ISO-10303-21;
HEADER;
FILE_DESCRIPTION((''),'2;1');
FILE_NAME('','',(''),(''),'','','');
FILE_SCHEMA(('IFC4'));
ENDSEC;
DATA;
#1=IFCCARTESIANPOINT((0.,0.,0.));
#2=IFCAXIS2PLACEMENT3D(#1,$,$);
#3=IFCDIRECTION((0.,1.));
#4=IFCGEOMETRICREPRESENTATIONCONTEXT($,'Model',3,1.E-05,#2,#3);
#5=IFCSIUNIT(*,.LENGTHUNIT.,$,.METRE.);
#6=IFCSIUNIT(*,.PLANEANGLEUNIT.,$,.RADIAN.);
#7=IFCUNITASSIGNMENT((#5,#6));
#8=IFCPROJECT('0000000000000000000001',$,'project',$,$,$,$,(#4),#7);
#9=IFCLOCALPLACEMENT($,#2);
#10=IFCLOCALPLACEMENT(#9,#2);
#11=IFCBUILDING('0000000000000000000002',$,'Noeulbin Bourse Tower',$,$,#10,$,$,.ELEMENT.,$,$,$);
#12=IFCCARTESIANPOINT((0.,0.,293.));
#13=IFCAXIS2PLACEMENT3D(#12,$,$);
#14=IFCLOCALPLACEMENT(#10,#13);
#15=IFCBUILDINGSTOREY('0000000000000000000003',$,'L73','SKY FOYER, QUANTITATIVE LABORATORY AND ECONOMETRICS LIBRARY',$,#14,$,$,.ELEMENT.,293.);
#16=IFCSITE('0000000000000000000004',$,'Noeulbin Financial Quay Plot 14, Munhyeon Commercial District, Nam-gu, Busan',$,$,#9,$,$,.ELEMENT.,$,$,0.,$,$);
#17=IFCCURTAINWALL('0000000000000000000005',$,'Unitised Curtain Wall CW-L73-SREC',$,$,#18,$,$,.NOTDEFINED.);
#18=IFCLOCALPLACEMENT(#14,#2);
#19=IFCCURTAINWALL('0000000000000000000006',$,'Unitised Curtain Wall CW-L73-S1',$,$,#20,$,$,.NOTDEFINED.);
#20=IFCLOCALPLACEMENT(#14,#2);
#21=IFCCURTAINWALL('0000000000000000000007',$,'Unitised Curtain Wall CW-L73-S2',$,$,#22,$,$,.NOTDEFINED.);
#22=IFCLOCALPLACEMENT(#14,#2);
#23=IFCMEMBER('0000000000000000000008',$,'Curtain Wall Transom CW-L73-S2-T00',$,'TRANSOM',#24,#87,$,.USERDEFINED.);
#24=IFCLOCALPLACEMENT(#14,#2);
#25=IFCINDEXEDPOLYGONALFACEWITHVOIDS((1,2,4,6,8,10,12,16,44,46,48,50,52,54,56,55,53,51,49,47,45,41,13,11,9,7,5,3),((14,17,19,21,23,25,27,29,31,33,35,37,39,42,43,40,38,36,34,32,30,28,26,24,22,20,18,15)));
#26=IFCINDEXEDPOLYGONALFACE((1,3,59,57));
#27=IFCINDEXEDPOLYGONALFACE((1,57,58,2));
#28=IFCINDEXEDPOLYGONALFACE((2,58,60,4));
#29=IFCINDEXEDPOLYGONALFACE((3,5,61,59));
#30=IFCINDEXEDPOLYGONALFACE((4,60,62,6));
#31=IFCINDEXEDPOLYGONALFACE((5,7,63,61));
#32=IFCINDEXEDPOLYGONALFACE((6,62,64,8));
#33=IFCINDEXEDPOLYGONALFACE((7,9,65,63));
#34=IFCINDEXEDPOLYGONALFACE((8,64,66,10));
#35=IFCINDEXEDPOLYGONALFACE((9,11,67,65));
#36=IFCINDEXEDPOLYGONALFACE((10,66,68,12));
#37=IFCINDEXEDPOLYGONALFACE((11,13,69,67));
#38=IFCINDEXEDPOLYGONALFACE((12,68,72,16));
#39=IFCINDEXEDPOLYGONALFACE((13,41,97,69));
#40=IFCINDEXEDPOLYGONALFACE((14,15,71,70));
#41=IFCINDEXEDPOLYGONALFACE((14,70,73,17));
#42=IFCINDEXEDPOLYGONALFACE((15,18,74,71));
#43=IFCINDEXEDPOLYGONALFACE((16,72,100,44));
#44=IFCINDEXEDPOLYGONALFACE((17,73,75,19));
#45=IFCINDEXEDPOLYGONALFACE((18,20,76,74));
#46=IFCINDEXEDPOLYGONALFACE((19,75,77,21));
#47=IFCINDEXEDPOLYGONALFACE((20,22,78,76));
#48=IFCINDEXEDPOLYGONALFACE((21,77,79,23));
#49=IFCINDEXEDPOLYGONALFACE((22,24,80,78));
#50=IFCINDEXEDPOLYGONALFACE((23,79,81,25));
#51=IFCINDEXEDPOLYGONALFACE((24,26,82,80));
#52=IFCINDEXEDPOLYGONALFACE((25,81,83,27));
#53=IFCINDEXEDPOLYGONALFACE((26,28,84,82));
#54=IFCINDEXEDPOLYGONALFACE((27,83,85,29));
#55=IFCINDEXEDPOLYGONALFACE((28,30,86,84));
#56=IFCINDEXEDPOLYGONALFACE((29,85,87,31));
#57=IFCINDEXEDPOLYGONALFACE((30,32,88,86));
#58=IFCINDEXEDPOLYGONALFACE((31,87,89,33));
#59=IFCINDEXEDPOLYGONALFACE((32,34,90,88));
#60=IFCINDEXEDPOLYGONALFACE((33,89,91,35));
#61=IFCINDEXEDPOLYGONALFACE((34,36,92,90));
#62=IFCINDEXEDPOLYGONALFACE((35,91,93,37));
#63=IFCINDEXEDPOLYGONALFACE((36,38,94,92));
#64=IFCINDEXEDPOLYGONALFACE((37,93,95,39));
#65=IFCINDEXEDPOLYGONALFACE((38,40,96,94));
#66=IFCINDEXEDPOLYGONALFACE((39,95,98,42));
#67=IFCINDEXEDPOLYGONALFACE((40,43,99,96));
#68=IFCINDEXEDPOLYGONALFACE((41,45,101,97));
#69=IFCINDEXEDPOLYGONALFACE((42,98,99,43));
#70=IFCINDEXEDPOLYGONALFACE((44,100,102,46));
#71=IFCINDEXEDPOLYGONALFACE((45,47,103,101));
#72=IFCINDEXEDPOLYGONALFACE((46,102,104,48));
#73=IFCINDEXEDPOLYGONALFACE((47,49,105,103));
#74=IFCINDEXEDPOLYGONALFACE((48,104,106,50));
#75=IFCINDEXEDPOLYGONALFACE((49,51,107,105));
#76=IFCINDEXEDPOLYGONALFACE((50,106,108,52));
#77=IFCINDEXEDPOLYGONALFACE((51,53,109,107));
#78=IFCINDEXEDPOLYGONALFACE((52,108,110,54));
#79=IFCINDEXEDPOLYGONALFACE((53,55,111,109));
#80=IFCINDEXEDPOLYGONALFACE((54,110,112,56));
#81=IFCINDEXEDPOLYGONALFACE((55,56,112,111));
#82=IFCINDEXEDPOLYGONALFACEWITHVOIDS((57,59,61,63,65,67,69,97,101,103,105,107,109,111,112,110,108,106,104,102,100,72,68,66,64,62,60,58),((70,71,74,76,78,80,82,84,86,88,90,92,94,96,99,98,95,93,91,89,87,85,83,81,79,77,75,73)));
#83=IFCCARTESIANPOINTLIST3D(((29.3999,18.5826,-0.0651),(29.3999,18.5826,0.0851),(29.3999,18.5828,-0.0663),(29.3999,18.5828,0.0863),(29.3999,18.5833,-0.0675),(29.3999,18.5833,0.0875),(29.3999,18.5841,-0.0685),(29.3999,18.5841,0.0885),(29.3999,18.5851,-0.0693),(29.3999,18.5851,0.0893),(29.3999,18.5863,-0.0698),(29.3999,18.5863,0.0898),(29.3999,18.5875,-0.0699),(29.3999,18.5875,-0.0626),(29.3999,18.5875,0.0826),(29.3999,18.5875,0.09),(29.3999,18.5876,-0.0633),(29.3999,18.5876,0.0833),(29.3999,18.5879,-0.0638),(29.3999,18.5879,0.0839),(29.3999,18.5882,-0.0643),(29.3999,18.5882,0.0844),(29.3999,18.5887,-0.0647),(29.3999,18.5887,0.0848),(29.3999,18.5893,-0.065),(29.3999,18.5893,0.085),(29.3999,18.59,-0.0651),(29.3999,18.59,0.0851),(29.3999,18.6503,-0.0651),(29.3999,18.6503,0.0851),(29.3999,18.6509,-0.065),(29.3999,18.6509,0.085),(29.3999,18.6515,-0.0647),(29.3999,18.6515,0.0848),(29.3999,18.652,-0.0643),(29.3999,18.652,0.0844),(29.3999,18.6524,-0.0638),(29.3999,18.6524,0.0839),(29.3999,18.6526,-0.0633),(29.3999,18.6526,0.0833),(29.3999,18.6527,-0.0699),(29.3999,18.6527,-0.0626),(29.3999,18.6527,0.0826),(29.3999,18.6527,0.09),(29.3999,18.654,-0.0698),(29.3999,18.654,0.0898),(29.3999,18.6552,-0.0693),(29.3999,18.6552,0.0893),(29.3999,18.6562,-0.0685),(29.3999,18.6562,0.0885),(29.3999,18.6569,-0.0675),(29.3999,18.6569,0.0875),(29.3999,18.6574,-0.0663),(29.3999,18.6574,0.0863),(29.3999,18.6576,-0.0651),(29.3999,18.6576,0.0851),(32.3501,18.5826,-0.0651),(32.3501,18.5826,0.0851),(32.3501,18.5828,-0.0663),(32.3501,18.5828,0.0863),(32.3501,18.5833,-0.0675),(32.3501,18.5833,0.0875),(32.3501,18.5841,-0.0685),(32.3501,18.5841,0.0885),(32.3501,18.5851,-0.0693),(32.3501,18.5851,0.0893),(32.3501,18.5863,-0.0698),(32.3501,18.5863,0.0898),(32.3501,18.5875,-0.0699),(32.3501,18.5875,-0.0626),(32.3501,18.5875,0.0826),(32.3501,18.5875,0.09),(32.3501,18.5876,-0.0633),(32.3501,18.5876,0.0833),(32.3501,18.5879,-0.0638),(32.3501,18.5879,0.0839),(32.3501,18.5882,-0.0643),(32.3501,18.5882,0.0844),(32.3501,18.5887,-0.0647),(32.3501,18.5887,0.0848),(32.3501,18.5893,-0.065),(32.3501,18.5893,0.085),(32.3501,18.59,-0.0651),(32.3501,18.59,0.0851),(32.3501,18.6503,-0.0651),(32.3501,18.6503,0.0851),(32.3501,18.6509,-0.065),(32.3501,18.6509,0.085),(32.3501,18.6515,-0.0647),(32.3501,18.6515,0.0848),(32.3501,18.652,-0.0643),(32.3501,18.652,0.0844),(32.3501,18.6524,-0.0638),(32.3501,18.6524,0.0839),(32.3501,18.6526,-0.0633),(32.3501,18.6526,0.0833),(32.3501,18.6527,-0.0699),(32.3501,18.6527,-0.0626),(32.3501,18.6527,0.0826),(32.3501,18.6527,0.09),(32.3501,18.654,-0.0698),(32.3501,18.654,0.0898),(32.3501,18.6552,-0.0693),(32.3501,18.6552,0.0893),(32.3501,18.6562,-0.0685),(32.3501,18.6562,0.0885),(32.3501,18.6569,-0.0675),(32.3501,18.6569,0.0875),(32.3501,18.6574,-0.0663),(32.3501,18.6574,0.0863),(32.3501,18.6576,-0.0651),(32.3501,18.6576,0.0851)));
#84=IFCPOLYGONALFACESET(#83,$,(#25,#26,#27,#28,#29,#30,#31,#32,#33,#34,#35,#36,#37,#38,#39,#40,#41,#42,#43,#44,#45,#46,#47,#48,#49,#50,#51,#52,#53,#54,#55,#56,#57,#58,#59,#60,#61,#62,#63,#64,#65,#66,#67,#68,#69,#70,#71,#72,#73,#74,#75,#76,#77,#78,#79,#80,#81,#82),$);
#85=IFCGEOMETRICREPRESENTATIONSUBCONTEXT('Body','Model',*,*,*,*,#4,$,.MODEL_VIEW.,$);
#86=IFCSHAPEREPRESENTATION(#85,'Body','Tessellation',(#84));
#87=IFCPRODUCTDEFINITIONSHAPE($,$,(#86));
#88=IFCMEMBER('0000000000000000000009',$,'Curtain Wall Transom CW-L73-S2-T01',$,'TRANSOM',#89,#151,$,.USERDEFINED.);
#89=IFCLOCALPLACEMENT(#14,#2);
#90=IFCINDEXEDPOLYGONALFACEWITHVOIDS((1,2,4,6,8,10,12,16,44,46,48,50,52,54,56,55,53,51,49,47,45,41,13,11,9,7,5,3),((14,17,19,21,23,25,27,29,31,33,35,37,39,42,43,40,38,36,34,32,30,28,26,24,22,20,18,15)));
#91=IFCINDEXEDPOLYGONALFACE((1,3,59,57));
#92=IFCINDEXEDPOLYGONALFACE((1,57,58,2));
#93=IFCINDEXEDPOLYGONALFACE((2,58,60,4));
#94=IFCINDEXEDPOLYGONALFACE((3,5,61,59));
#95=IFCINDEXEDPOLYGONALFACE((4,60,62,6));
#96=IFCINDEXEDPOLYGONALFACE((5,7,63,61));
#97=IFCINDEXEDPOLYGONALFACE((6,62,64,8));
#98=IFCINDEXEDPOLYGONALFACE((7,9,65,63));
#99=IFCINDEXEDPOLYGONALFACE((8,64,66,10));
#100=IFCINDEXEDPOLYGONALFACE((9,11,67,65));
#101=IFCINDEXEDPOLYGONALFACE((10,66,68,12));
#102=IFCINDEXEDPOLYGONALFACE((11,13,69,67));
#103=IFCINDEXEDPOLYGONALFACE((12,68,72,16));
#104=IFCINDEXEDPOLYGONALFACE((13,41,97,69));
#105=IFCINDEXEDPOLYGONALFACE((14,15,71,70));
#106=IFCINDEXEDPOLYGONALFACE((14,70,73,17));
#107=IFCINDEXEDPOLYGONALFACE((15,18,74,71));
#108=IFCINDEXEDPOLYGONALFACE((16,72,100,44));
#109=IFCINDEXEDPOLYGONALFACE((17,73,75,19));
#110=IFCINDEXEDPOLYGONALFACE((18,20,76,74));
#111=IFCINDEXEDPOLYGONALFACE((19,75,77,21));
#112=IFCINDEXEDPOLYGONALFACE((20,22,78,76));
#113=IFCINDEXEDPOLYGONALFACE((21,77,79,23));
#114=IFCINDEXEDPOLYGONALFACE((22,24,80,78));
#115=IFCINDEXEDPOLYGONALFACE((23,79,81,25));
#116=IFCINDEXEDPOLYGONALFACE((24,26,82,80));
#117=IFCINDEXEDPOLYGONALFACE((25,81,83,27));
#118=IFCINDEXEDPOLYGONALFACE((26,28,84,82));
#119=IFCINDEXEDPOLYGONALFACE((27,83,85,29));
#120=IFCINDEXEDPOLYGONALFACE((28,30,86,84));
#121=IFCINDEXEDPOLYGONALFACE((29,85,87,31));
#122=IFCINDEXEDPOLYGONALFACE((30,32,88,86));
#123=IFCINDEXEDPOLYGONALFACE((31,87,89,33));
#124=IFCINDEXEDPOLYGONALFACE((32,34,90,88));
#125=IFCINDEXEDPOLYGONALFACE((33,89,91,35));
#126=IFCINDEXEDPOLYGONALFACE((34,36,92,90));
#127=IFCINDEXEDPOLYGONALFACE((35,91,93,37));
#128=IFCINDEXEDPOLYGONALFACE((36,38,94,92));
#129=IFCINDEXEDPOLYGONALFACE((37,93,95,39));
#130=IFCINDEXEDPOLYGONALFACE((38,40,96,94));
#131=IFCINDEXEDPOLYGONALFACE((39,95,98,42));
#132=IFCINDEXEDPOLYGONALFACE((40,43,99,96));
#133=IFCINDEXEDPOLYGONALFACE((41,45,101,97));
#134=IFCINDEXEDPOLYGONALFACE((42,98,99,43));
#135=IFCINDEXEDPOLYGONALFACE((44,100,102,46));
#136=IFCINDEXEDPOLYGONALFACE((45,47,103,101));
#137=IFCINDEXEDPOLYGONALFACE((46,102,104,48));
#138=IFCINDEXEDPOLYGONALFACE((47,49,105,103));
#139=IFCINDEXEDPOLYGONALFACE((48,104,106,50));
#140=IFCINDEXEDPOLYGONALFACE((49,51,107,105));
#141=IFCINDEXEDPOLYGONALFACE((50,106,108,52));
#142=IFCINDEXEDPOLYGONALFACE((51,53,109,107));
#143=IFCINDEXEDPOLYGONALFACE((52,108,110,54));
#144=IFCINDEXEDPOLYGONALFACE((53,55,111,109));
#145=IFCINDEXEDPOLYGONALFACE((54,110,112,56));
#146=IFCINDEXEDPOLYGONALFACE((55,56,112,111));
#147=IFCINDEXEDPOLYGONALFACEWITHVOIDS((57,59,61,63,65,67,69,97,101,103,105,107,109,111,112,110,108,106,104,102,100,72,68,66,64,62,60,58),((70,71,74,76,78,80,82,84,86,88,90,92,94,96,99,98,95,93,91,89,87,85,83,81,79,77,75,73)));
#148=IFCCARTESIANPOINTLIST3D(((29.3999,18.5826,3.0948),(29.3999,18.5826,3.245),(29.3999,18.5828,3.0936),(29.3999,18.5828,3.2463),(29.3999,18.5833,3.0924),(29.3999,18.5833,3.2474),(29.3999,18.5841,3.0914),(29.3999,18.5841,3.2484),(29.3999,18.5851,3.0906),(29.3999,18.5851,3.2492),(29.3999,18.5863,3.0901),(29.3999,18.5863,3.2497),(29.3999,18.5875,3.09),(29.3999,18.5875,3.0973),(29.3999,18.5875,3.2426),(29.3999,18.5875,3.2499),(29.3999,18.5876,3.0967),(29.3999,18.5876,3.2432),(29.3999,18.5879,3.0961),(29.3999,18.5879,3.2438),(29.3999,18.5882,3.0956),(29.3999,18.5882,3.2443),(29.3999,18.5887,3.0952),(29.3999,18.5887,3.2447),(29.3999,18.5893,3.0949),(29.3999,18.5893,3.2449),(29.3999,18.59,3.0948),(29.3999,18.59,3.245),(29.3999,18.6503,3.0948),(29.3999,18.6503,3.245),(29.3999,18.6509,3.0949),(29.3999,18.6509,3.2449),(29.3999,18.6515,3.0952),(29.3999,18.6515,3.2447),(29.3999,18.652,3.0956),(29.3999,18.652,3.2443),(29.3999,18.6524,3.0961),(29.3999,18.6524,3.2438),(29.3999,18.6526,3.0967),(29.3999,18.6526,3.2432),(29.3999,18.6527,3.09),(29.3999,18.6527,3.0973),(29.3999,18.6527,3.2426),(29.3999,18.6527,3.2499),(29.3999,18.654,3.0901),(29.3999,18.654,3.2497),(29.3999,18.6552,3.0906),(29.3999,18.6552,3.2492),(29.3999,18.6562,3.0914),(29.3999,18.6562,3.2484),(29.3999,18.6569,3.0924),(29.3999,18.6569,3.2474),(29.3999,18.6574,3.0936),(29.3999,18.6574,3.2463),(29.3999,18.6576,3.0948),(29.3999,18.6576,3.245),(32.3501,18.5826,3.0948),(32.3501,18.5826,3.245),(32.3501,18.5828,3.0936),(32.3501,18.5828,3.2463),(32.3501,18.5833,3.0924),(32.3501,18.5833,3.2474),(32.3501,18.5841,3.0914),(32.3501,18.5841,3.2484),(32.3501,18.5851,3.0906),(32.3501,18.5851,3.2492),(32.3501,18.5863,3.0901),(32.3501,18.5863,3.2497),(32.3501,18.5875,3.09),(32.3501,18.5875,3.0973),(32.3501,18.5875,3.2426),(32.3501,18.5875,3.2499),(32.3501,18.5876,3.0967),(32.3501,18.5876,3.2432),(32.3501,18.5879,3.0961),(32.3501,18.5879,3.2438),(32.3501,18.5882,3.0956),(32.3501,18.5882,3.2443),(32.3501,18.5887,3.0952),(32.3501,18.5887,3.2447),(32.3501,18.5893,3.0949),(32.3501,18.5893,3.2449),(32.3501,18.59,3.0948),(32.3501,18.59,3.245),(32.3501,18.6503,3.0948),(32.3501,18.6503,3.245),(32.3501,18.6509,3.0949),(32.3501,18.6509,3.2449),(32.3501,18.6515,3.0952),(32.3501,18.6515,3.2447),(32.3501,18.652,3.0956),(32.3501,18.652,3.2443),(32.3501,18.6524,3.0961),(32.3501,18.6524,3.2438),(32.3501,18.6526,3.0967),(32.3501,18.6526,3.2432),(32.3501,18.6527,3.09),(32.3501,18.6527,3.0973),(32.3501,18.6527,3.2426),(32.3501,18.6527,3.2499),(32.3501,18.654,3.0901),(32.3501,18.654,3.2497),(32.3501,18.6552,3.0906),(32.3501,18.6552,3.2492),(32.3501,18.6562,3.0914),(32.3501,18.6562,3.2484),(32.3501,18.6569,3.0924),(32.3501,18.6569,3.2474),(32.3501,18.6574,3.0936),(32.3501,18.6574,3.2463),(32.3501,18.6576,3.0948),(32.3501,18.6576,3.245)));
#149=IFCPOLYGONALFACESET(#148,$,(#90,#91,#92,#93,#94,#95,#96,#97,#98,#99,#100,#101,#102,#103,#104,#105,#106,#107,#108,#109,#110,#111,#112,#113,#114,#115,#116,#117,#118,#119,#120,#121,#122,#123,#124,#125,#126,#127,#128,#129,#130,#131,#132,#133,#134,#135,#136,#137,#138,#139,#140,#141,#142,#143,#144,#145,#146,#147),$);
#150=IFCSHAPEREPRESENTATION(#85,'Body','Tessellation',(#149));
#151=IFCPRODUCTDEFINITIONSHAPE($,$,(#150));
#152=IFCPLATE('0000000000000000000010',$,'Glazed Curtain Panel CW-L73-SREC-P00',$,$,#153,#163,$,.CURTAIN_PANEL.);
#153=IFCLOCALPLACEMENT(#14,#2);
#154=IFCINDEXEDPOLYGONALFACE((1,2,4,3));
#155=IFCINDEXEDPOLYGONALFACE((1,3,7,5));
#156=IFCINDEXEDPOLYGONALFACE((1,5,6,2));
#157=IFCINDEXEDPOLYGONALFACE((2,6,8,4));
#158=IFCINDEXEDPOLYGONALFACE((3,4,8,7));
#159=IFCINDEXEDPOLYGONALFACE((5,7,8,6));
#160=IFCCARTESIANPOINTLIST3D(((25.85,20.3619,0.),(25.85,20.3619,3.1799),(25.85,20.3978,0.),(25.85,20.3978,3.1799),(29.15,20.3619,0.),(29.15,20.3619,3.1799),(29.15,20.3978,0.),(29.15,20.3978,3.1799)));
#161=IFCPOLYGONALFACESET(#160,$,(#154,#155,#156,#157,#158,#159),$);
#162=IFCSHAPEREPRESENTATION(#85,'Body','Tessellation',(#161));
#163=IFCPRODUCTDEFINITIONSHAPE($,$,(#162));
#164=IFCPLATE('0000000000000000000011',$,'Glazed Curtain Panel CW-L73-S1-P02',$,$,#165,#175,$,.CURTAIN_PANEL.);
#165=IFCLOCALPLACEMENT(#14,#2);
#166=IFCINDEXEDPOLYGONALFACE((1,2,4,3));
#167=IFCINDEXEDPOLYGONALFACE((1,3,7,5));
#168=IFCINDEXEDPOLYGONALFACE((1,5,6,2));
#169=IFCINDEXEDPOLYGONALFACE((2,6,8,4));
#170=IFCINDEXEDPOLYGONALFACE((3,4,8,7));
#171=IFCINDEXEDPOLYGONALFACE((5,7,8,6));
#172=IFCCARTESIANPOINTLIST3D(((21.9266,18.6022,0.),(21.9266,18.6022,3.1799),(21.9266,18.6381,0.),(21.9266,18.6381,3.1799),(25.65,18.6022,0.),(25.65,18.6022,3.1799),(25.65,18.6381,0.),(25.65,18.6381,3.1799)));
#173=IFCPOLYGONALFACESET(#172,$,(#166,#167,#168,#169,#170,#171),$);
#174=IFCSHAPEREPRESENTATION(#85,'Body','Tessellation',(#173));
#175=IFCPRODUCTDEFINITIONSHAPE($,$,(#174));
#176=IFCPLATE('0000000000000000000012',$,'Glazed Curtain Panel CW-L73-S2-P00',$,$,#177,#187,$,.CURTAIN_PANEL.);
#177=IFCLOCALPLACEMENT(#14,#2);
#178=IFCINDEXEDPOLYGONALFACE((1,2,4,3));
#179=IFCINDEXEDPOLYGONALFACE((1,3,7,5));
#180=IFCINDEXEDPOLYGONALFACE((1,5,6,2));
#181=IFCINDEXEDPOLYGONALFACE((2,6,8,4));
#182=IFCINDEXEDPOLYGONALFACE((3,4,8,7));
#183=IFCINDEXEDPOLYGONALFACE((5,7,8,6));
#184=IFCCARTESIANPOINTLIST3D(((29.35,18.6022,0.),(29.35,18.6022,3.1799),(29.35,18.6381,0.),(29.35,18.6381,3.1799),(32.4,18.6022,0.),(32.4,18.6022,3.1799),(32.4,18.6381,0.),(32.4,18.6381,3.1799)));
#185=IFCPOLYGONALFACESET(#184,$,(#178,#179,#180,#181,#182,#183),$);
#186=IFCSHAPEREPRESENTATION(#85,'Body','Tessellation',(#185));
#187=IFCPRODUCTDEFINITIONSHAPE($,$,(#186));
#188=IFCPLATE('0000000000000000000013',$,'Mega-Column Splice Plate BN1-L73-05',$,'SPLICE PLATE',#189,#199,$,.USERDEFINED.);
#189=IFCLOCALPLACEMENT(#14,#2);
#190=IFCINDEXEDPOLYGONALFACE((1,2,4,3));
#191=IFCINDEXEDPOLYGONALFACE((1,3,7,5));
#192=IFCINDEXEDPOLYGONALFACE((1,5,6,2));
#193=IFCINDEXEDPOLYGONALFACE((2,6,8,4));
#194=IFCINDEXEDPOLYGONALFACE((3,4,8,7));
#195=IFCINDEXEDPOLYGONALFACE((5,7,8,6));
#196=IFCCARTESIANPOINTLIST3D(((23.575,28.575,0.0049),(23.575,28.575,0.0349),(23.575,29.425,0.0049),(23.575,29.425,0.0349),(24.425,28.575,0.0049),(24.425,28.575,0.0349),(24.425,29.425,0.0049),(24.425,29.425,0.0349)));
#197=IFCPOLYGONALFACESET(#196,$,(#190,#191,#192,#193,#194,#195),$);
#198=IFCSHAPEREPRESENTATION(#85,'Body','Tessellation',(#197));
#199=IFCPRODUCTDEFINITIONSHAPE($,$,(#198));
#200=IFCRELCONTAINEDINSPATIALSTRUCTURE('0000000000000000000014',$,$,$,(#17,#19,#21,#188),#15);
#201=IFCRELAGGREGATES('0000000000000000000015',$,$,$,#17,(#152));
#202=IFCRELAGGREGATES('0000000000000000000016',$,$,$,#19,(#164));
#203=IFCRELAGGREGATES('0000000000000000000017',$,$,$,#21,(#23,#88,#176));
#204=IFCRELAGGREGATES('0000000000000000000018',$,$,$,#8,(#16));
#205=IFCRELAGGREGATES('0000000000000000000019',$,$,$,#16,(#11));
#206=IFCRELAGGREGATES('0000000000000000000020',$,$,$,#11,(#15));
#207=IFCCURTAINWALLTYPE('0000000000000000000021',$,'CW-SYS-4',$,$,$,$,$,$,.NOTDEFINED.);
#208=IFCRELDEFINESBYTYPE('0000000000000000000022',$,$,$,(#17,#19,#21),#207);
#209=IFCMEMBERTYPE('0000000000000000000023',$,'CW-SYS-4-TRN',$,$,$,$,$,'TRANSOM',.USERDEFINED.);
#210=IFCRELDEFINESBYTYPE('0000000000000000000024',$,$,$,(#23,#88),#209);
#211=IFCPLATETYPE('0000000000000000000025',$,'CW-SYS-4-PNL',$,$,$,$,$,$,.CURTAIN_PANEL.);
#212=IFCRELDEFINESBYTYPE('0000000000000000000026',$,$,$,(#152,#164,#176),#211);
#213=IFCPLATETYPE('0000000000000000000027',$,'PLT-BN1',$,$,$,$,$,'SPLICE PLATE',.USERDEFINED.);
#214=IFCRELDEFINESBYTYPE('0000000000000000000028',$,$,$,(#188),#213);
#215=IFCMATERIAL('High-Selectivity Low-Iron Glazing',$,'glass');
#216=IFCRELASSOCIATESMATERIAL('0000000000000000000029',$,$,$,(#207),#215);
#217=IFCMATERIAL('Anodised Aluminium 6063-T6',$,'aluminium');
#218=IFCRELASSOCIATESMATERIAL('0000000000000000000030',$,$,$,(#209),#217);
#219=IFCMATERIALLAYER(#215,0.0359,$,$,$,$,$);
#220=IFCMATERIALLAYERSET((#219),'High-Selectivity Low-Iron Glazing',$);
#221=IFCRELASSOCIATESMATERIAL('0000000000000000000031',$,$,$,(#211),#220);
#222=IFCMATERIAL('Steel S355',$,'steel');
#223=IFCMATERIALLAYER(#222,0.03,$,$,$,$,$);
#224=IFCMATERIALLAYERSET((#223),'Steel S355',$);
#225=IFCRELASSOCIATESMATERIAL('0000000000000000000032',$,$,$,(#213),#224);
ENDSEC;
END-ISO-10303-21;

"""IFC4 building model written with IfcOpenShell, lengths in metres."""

from ifc_helpers import new_model, si_unit, direction, frame, origin, origin_2d, place, context, subcontext, project, spatial, rectangle, hollow_rectangle, extrude, material, layer, layer_set, material_profile, profile_set, type_object, element, aggregate, save


model = new_model("IFC4")

# Units and contexts
model_context = context("Model", 3, precision=1e-05, world=origin(), true_north=direction((0.0, 1.0)))
body_context = subcontext(model_context, "Body", "Model", "MODEL_VIEW")
ifc_project = project(units=[si_unit("LENGTHUNIT", "METRE"), si_unit("PLANEANGLEUNIT", "RADIAN")], contexts=[model_context])

# Site, building, storey
site_placement = place(None, origin())
site = spatial("IfcSite", under=ifc_project, at=site_placement, Name="Noeulbin Financial Quay Plot 14, Munhyeon Commercial District, Nam-gu, Busan", CompositionType="ELEMENT", RefElevation=0.0)
building_placement = place(site_placement, origin())
building = spatial("IfcBuilding", under=site, at=building_placement, Name="Noeulbin Bourse Tower", CompositionType="ELEMENT")
storey_placement = place(building_placement, frame((0.0, 0.0, 293.0)))
storey = spatial("IfcBuildingStorey", under=building, at=storey_placement, Name="L73", Description="SKY FOYER, QUANTITATIVE LABORATORY AND ECONOMETRICS LIBRARY", CompositionType="ELEMENT", Elevation=293.0)

# Shared definitions
ifc_material_1 = material(Name="Steel S355", Category="steel")

# Curtain wall
ifc_material_2 = material(Name="High-Selectivity Low-Iron Glazing", Category="glass")
curtain_wall_type = type_object("IfcCurtainWallType", Name="CW-SYS-4", PredefinedType="NOTDEFINED", material=ifc_material_2)
curtain_wall_1_placement = place(storey_placement, origin())
curtain_wall_1 = element("IfcCurtainWall", 1, at=curtain_wall_1_placement, inside=storey, type_object=curtain_wall_type, Name="Unitised Curtain Wall CW-L73-SREC", PredefinedType="NOTDEFINED")
ifc_material_3 = material(Name="Anodised Aluminium 6063-T6", Category="aluminium")

# Curtain walls
curtain_wall_2_placement = place(storey_placement, origin())
curtain_wall_2 = element("IfcCurtainWall", 2, at=curtain_wall_2_placement, inside=storey, type_object=curtain_wall_type, Name="Unitised Curtain Wall CW-L73-S1", PredefinedType="NOTDEFINED")
curtain_wall_3_placement = place(storey_placement, origin())
curtain_wall_3 = element("IfcCurtainWall", 3, at=curtain_wall_3_placement, inside=storey, type_object=curtain_wall_type, Name="Unitised Curtain Wall CW-L73-S2", PredefinedType="NOTDEFINED")

# Members
ifc_material_profile_1 = material_profile(ifc_material_3, hollow_rectangle(XDim=0.075, YDim=0.1599, WallThickness=0.0049, InnerFilletRadius=0.0024, OuterFilletRadius=0.0049, at=origin_2d()), Name="ALU-TRAN-75x160x5", Category="LoadBearing")
ifc_profile_set_1 = profile_set([ifc_material_profile_1], Name="Anodised Aluminium 6063-T6")
member_type_1 = type_object("IfcMemberType", Name="CW-SYS-4-TRN", ElementType="TRANSOM", PredefinedType="USERDEFINED", material=ifc_profile_set_1)
member_1_placement = place(storey_placement, frame((29.3999, 18.6201, 0.01), z_axis=(1.0, 0.0, 0.0), x_axis=(0.0, 1.0, 0.0)))
member_1 = element("IfcMember", 4, at=member_1_placement, type_object=member_type_1, Name="Curtain Wall Transom CW-L73-S2-T00", ObjectType="TRANSOM", PredefinedType="USERDEFINED", context=body_context, shape_type="SweptSolid", body=[
    extrude(hollow_rectangle(XDim=0.075, YDim=0.1599, WallThickness=0.0049, InnerFilletRadius=0.0024, OuterFilletRadius=0.0049, at=origin_2d()), origin(), (0.0, 0.0, 1.0), 2.9502),
])
member_2_placement = place(storey_placement, frame((29.3999, 18.6201, 3.1699), z_axis=(1.0, 0.0, 0.0), x_axis=(0.0, 1.0, 0.0)))
member_2 = element("IfcMember", 5, at=member_2_placement, type_object=member_type_1, Name="Curtain Wall Transom CW-L73-S2-T01", ObjectType="TRANSOM", PredefinedType="USERDEFINED", context=body_context, shape_type="SweptSolid", body=[
    extrude(hollow_rectangle(XDim=0.075, YDim=0.1599, WallThickness=0.0049, InnerFilletRadius=0.0024, OuterFilletRadius=0.0049, at=origin_2d()), origin(), (0.0, 0.0, 1.0), 2.9502),
])

# Plates
ifc_layer_1 = layer(ifc_material_2, 0.0359)
ifc_layer_set_1 = layer_set([ifc_layer_1], Name="High-Selectivity Low-Iron Glazing")
plate_type_1 = type_object("IfcPlateType", Name="CW-SYS-4-PNL", PredefinedType="CURTAIN_PANEL", material=ifc_layer_set_1)
plate_1_placement = place(storey_placement, frame((27.5, 20.3799, 0.0), z_axis=(0.0, 0.0, 1.0), x_axis=(1.0, 0.0, 0.0)))
plate_1 = element("IfcPlate", 6, at=plate_1_placement, type_object=plate_type_1, Name="Glazed Curtain Panel CW-L73-SREC-P00", PredefinedType="CURTAIN_PANEL", context=body_context, shape_type="SweptSolid", body=[
    extrude(rectangle(XDim=3.3, YDim=0.0359, at=origin_2d()), origin(), (0.0, 0.0, 1.0), 3.1799),
])
aggregate(curtain_wall_1, [plate_1])
plate_2_placement = place(storey_placement, frame((23.7883, 18.6201, 0.0), z_axis=(0.0, 0.0, 1.0), x_axis=(1.0, 0.0, 0.0)))
plate_2 = element("IfcPlate", 7, at=plate_2_placement, type_object=plate_type_1, Name="Glazed Curtain Panel CW-L73-S1-P02", PredefinedType="CURTAIN_PANEL", context=body_context, shape_type="SweptSolid", body=[
    extrude(rectangle(XDim=3.7234, YDim=0.0359, at=origin_2d()), origin(), (0.0, 0.0, 1.0), 3.1799),
])
aggregate(curtain_wall_2, [plate_2])
plate_3_placement = place(storey_placement, frame((30.875, 18.6201, 0.0), z_axis=(0.0, 0.0, 1.0), x_axis=(1.0, 0.0, 0.0)))
plate_3 = element("IfcPlate", 8, at=plate_3_placement, type_object=plate_type_1, Name="Glazed Curtain Panel CW-L73-S2-P00", PredefinedType="CURTAIN_PANEL", context=body_context, shape_type="SweptSolid", body=[
    extrude(rectangle(XDim=3.05, YDim=0.0359, at=origin_2d()), origin(), (0.0, 0.0, 1.0), 3.1799),
])
aggregate(curtain_wall_3, [member_1, member_2, plate_3])

# Plate
ifc_layer_2 = layer(ifc_material_1, 0.03)
ifc_layer_set_2 = layer_set([ifc_layer_2], Name="Steel S355")
plate_type_2 = type_object("IfcPlateType", Name="PLT-BN1", ElementType="SPLICE PLATE", PredefinedType="USERDEFINED", material=ifc_layer_set_2)
for number, where, z_axis, x_axis, name in (
    (9, (24.0, 29.0, 0.0049), (0.0, 0.0, 1.0), (1.0, 0.0, 0.0), "Mega-Column Splice Plate BN1-L73-05"),
):
    element("IfcPlate", number, at=place(storey_placement, frame(where, z_axis=z_axis, x_axis=x_axis)), inside=storey, type_object=plate_type_2, Name=name, ObjectType="SPLICE PLATE", PredefinedType="USERDEFINED", context=body_context, shape_type="SweptSolid", body=[
        extrude(rectangle(XDim=0.8501, YDim=0.8501, at=origin_2d()), origin(), (0.0, 0.0, 1.0), 0.03),
    ])

save(model, "model.ifc")
